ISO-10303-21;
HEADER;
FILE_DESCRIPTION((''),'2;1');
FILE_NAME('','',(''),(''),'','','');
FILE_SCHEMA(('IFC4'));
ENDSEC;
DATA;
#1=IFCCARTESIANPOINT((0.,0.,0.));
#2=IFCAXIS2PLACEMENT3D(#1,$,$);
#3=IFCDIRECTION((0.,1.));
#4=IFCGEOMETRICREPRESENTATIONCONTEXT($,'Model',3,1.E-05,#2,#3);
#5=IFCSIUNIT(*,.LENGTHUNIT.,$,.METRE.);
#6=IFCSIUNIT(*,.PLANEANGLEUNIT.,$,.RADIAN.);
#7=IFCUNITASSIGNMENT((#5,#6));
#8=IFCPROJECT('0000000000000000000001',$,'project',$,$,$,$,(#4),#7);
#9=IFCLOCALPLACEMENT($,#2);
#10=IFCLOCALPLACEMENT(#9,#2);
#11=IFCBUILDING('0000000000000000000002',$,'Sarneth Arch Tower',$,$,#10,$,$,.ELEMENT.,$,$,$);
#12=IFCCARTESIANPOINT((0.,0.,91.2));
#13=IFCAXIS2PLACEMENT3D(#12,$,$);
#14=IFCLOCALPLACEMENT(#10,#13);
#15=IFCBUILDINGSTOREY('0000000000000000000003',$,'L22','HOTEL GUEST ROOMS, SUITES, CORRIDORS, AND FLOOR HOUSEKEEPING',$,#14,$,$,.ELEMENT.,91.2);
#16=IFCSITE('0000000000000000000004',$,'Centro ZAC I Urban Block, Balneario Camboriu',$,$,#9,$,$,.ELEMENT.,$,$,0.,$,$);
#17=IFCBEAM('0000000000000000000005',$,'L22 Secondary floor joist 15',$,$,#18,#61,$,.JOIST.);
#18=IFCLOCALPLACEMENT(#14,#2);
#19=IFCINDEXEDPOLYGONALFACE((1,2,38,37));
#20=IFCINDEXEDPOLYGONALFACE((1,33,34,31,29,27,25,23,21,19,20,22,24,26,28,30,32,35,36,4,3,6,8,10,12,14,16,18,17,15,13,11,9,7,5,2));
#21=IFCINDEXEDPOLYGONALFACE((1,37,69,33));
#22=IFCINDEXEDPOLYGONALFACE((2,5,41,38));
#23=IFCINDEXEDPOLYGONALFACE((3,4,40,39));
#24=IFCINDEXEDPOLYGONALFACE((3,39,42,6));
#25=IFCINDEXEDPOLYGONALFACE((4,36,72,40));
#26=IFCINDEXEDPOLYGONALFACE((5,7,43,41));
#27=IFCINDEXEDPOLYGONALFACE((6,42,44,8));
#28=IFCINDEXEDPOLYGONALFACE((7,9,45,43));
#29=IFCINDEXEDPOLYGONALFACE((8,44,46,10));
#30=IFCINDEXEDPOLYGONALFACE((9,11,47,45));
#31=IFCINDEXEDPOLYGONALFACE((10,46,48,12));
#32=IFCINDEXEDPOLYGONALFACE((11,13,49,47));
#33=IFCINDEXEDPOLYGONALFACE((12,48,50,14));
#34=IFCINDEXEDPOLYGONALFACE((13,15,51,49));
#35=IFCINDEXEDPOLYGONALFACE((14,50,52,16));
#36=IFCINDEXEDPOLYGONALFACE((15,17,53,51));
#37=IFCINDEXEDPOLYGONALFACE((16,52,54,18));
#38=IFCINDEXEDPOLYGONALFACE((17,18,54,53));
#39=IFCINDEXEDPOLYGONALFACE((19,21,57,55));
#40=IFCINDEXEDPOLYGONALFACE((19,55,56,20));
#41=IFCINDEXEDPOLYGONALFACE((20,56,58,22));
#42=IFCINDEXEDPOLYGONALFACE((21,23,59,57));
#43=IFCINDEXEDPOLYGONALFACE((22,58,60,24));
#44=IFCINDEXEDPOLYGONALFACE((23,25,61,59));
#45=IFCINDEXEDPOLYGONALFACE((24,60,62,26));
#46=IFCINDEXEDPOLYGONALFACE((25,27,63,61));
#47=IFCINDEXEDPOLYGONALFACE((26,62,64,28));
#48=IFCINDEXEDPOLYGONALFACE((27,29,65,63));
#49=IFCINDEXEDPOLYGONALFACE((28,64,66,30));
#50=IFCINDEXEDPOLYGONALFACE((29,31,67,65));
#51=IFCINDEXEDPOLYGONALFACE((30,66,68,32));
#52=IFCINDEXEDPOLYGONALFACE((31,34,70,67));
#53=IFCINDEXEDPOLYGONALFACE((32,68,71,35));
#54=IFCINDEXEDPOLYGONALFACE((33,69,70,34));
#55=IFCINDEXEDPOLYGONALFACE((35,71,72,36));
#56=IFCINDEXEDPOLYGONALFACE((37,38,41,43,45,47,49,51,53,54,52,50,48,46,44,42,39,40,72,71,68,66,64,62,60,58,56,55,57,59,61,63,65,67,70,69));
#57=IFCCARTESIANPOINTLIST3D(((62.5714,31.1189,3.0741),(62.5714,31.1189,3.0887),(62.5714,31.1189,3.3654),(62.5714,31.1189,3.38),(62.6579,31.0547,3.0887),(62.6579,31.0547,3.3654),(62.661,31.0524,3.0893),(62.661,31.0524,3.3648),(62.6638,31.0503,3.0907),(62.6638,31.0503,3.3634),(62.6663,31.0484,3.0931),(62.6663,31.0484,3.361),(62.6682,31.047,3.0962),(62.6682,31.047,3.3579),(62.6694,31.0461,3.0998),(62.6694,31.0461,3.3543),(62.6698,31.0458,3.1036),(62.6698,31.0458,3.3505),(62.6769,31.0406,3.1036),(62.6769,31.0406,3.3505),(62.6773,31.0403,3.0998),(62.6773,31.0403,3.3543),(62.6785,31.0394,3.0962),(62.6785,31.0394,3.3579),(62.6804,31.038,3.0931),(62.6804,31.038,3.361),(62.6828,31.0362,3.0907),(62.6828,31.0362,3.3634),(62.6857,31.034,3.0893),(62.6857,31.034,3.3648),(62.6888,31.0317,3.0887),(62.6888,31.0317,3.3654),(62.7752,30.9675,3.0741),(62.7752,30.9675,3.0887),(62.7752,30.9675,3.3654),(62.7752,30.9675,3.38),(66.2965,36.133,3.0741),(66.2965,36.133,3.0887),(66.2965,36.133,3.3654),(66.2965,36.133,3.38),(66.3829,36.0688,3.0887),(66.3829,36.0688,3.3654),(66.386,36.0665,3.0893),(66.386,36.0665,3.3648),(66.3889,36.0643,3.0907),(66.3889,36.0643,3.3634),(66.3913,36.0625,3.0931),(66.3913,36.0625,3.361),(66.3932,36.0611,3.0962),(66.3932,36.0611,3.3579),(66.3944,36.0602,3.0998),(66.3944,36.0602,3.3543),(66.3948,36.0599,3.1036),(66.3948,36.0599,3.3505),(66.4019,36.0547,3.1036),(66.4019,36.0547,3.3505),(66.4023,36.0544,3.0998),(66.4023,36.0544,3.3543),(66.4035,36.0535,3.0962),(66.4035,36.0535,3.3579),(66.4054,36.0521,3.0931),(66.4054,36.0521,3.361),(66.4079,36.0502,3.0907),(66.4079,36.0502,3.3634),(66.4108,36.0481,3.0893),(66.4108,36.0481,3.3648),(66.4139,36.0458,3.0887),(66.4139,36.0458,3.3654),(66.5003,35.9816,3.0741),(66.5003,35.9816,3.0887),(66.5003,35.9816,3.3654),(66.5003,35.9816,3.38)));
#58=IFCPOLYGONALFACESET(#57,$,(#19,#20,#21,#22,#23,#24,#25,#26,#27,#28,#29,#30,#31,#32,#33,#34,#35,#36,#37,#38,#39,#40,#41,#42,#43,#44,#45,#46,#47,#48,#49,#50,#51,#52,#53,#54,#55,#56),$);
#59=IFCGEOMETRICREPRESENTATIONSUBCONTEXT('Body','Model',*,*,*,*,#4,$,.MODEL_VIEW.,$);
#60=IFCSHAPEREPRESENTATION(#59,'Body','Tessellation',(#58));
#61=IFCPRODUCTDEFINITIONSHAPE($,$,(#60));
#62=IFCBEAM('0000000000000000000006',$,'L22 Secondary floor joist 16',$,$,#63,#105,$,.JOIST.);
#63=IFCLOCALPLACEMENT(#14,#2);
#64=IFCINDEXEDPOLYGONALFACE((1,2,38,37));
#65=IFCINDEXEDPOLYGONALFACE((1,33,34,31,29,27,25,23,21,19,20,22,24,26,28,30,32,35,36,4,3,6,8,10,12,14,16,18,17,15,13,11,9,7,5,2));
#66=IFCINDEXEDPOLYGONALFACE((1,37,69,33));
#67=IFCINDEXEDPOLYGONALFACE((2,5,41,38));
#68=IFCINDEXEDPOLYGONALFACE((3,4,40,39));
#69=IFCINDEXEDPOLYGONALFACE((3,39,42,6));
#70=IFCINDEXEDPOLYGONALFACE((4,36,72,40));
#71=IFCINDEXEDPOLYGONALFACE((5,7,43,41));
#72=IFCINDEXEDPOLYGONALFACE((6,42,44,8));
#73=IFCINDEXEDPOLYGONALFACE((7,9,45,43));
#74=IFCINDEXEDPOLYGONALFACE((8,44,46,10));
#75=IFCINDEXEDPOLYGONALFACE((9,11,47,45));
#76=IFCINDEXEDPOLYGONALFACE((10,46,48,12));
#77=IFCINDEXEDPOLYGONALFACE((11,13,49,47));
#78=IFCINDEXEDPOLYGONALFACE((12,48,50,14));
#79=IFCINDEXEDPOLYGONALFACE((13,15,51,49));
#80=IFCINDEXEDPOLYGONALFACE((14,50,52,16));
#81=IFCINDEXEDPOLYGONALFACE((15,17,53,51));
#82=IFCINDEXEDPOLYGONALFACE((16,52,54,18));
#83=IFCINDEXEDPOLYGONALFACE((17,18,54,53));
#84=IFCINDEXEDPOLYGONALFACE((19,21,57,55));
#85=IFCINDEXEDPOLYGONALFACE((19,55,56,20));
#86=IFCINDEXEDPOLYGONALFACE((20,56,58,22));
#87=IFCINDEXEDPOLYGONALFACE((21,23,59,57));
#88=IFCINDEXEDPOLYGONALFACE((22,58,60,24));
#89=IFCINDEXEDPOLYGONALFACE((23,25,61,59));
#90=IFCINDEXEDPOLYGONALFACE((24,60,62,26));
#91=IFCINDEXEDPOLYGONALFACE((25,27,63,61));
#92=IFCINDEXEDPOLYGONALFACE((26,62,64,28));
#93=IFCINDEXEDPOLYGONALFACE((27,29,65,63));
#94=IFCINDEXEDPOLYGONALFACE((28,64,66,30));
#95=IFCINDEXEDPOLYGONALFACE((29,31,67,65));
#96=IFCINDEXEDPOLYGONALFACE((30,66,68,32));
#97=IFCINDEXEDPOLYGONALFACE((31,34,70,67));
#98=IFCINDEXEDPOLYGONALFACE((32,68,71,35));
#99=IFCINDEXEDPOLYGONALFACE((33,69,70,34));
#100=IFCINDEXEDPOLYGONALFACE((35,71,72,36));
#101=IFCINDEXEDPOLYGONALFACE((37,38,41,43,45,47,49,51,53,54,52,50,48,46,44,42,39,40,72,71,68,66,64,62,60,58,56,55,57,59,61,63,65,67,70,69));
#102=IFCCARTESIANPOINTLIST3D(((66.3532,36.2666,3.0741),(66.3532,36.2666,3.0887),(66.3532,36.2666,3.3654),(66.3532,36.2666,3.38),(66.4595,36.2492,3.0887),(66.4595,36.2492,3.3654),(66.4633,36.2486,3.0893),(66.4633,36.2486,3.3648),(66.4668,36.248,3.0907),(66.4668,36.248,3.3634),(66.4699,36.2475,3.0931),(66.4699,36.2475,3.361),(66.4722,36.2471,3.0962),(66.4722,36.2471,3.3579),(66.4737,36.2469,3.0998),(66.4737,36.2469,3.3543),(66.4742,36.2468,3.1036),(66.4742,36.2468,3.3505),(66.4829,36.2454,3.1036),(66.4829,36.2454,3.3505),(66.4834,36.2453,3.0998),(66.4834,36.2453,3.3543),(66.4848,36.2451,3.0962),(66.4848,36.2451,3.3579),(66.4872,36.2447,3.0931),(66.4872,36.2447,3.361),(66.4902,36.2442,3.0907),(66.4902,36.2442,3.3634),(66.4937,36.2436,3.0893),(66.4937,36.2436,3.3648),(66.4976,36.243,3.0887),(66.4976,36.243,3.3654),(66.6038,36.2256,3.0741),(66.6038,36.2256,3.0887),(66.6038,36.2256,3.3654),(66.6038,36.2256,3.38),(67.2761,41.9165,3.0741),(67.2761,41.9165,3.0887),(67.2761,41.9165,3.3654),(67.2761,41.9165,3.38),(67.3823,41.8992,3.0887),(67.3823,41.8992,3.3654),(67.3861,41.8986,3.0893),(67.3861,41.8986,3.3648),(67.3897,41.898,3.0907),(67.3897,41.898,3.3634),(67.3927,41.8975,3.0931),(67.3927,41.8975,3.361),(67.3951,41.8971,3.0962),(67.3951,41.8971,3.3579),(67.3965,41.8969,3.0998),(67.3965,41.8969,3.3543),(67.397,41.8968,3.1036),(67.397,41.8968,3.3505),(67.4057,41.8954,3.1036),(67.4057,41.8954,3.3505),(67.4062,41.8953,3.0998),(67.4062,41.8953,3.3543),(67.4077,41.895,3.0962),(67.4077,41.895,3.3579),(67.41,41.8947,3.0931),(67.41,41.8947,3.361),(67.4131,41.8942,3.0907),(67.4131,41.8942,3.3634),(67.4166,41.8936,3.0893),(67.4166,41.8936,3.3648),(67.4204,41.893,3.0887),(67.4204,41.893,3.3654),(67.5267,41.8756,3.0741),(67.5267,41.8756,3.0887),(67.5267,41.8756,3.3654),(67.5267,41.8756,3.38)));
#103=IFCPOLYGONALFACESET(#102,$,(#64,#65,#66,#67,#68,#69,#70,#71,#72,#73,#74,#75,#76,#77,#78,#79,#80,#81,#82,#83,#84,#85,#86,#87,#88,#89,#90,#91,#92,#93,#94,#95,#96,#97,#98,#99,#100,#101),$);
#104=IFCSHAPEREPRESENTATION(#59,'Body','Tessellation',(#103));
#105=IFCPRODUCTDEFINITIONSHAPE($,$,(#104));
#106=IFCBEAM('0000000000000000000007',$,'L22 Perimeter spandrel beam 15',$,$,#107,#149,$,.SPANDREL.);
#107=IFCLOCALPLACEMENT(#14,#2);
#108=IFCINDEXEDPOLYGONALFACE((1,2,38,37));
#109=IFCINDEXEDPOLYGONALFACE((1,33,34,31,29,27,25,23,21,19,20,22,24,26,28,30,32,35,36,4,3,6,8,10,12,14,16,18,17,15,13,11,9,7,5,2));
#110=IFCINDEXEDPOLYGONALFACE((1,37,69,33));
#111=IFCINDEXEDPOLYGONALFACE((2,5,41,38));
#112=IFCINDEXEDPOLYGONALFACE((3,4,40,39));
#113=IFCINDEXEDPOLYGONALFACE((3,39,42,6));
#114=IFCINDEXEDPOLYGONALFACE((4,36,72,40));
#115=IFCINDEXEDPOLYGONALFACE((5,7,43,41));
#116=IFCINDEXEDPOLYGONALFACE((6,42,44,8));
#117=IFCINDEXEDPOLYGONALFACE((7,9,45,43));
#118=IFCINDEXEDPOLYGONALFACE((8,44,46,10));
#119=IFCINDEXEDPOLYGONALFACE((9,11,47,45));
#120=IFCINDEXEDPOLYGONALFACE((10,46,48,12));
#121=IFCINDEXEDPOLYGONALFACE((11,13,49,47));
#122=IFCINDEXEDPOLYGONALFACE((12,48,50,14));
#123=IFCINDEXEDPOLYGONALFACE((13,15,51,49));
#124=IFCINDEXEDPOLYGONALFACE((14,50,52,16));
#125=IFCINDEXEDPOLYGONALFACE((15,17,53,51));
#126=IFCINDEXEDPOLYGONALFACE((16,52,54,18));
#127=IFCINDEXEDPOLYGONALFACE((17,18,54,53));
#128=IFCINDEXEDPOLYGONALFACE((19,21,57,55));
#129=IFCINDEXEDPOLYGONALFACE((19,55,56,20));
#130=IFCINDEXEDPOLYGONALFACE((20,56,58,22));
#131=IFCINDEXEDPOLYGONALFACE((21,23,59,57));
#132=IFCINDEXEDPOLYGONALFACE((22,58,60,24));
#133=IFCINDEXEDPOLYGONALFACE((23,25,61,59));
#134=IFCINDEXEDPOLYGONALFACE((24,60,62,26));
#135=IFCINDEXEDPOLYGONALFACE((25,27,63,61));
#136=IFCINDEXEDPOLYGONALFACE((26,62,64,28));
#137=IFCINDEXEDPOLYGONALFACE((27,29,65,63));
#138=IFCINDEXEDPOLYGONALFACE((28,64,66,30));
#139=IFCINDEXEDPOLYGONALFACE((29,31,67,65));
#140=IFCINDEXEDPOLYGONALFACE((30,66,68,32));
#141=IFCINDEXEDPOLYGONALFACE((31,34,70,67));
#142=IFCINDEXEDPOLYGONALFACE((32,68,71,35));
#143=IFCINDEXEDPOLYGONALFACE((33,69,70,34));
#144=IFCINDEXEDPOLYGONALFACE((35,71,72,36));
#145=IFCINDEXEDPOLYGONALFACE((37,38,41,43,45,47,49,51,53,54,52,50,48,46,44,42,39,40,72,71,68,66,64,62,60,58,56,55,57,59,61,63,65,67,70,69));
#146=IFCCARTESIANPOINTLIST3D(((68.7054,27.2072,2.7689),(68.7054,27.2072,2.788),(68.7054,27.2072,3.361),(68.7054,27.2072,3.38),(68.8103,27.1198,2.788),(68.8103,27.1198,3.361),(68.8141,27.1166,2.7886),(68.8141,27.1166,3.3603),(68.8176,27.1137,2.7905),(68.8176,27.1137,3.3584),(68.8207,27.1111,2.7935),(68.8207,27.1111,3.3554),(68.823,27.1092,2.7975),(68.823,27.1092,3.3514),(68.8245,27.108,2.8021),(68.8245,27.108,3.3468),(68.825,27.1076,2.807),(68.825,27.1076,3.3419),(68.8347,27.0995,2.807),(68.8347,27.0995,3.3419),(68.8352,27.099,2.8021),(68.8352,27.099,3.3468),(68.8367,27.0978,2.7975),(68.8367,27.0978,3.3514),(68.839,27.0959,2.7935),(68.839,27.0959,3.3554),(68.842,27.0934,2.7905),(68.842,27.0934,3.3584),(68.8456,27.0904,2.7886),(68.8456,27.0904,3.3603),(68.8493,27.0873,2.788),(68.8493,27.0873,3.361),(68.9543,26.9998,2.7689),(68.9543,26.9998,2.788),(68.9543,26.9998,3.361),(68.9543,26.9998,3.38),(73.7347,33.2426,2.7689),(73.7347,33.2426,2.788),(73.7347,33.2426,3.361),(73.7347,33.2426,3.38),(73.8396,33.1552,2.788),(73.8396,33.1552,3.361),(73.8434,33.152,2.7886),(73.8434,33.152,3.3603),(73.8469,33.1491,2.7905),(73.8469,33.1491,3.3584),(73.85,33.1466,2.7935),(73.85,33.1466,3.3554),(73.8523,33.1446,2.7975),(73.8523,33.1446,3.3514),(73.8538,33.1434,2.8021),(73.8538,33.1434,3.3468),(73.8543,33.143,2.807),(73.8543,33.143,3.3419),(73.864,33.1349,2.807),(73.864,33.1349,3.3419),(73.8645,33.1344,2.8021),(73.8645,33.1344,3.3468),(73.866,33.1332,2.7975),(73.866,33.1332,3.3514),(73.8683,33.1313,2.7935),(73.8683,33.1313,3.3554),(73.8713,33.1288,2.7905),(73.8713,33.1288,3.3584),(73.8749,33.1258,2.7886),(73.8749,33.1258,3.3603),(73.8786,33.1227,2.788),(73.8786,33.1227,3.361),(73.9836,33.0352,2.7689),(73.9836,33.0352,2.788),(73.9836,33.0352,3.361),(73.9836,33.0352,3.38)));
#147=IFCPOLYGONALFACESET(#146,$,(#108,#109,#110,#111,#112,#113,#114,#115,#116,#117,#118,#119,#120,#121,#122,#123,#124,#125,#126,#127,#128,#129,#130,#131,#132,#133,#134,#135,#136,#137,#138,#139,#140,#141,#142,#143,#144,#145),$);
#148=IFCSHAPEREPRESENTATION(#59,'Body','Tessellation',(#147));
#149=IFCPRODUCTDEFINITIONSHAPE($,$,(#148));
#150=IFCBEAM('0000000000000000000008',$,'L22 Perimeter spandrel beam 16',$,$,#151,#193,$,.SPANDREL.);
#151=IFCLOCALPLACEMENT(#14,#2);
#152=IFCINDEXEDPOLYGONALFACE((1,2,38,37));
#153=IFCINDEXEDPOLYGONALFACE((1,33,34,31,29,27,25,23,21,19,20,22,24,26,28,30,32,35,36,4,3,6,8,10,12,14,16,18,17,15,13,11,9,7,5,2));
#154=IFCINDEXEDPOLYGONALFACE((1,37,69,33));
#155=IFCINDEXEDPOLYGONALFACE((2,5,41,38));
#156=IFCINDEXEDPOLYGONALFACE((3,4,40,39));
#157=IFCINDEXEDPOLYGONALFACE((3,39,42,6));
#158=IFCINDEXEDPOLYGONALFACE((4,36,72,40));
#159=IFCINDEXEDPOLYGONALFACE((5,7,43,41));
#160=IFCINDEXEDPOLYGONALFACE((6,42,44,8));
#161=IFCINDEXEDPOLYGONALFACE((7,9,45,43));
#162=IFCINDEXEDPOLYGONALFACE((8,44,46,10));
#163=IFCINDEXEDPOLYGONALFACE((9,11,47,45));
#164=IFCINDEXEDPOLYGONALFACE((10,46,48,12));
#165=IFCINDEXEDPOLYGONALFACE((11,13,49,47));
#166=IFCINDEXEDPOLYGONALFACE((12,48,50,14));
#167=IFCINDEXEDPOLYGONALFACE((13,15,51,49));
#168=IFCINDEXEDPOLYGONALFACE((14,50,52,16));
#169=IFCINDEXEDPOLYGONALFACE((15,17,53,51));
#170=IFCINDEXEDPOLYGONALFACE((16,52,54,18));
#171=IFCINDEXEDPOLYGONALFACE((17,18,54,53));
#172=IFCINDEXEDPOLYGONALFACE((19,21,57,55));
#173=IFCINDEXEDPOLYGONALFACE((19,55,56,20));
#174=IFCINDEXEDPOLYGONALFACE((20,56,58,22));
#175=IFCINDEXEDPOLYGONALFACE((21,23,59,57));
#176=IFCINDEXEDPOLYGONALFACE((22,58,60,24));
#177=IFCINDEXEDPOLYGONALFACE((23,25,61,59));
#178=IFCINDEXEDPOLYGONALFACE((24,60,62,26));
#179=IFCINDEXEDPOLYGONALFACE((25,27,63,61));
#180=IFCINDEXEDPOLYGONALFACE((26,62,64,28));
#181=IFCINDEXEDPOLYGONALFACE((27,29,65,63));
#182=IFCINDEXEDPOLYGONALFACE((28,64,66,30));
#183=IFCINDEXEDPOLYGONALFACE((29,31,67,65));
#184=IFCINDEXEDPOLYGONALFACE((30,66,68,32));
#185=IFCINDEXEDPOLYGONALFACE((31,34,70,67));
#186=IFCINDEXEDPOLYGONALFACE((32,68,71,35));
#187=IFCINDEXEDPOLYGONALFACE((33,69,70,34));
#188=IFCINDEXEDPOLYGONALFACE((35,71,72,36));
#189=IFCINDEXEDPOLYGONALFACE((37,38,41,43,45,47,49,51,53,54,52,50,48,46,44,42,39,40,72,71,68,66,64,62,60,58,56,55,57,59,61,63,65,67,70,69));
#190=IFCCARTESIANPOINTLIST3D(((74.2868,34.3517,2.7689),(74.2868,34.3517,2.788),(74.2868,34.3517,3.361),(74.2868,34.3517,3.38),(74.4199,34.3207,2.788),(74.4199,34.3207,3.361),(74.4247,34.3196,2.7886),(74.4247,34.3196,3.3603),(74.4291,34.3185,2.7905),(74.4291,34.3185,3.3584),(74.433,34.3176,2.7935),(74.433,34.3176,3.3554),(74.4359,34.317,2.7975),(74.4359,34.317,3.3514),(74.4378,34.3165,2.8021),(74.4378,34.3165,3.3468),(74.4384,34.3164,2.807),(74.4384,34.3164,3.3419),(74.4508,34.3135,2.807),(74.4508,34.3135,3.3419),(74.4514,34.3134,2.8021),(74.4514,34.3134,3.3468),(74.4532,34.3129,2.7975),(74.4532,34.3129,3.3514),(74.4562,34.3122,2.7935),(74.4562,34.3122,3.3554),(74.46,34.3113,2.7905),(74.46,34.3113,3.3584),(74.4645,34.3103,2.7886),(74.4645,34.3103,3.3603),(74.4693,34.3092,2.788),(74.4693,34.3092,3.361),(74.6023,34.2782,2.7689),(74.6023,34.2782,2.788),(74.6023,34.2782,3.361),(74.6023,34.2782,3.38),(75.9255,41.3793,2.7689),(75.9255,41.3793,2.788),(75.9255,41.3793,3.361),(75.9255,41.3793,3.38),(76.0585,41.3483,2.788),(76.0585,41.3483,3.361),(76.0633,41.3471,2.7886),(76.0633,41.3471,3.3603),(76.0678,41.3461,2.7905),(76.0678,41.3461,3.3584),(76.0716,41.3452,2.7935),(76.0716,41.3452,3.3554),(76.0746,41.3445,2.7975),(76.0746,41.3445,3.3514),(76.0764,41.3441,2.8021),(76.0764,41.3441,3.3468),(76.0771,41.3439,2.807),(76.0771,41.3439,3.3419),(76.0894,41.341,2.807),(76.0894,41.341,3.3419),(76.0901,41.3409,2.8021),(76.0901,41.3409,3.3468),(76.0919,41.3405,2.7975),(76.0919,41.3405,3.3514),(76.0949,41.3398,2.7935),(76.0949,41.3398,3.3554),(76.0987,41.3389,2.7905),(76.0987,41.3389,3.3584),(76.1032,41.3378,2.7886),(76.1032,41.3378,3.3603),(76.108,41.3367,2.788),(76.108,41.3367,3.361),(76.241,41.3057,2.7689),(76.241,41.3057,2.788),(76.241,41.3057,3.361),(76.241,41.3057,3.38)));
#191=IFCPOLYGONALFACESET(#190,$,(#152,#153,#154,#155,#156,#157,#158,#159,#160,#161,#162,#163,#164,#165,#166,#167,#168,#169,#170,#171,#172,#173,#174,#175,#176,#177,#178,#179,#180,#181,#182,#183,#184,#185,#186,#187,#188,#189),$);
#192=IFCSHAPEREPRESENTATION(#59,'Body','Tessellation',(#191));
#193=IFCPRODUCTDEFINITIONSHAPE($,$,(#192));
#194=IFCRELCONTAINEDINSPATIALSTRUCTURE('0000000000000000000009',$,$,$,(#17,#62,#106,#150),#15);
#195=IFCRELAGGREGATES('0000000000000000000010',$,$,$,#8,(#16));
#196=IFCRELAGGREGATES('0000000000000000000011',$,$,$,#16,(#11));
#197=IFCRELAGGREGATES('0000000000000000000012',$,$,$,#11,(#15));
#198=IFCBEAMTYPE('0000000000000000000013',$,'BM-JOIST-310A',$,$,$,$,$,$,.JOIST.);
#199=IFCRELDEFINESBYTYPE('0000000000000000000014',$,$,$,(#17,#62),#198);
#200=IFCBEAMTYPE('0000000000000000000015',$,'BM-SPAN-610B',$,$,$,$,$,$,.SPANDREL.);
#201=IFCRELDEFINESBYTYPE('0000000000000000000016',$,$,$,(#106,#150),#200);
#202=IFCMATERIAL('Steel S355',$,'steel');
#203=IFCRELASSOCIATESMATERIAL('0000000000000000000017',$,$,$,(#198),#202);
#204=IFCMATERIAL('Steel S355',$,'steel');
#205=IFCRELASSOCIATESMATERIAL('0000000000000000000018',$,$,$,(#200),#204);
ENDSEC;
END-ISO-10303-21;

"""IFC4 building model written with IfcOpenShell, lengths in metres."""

from ifc_helpers import new_model, si_unit, direction, frame, origin, origin_2d, place, context, subcontext, project, spatial, i_section, extrude, material, material_profile, profile_set, type_object, element, save


model = new_model("IFC4")

# Units and contexts
model_context = context("Model", 3, precision=1e-05, world=origin(), true_north=direction((0.0, 1.0)))
body_context = subcontext(model_context, "Body", "Model", "MODEL_VIEW")
ifc_project = project(units=[si_unit("LENGTHUNIT", "METRE"), si_unit("PLANEANGLEUNIT", "RADIAN")], contexts=[model_context])

# Site, building, storey
site_placement = place(None, origin())
site = spatial("IfcSite", under=ifc_project, at=site_placement, Name="Centro ZAC I Urban Block, Balneario Camboriu", CompositionType="ELEMENT", RefElevation=0.0)
building_placement = place(site_placement, origin())
building = spatial("IfcBuilding", under=site, at=building_placement, Name="Sarneth Arch Tower", CompositionType="ELEMENT")
storey_placement = place(building_placement, frame((0.0, 0.0, 91.2)))
storey = spatial("IfcBuildingStorey", under=building, at=storey_placement, Name="L22", Description="HOTEL GUEST ROOMS, SUITES, CORRIDORS, AND FLOOR HOUSEKEEPING", CompositionType="ELEMENT", Elevation=91.2)

# Beams
ifc_material_1 = material(Name="Steel S355", Category="steel")
ifc_material_profile_1 = material_profile(ifc_material_1, i_section(OverallWidth=0.2539, OverallDepth=0.3059, WebThickness=0.0088, FlangeThickness=0.0146, FilletRadius=0.0149, at=origin_2d()), Name="W310x79")
ifc_profile_set_1 = profile_set([ifc_material_profile_1], Name="Steel S355")
beam_type_1 = type_object("IfcBeamType", Name="BM-JOIST-310A", PredefinedType="JOIST", material=ifc_profile_set_1)
beam_1_placement = place(storey_placement, frame((62.6733, 31.0432, 3.2271), z_axis=(0.596354, 0.802721, 0.0), x_axis=(-0.802721, 0.596354, 0.0)))
element("IfcBeam", 1, at=beam_1_placement, inside=storey, type_object=beam_type_1, Name="L22 Secondary floor joist 15", PredefinedType="JOIST", context=body_context, shape_type="SweptSolid", body=[
    extrude(i_section(OverallWidth=0.2539, OverallDepth=0.3059, WebThickness=0.0088, FlangeThickness=0.0146, FilletRadius=0.0149, at=origin_2d()), origin(), (0.0, 0.0, 1.0), 6.2463),
])
beam_2_placement = place(storey_placement, frame((66.4785, 36.2461, 3.2271), z_axis=(0.161203, 0.986921, 0.0), x_axis=(-0.986921, 0.161203, 0.0)))
element("IfcBeam", 2, at=beam_2_placement, inside=storey, type_object=beam_type_1, Name="L22 Secondary floor joist 16", PredefinedType="JOIST", context=body_context, shape_type="SweptSolid", body=[
    extrude(i_section(OverallWidth=0.2539, OverallDepth=0.3059, WebThickness=0.0088, FlangeThickness=0.0146, FilletRadius=0.0149, at=origin_2d()), origin(), (0.0, 0.0, 1.0), 5.7249),
])
ifc_material_2 = material(Name="Steel S355", Category="steel")
ifc_material_profile_2 = material_profile(ifc_material_2, i_section(OverallWidth=0.324, OverallDepth=0.6111, WebThickness=0.0127, FlangeThickness=0.019, FilletRadius=0.019, at=origin_2d()), Name="W610x155")
ifc_profile_set_2 = profile_set([ifc_material_profile_2], Name="Steel S355")
beam_type_2 = type_object("IfcBeamType", Name="BM-SPAN-610B", PredefinedType="SPANDREL", material=ifc_profile_set_2)
beam_3_placement = place(storey_placement, frame((68.8298, 27.1035, 3.0745), z_axis=(0.640169, 0.768234, 0.0), x_axis=(-0.768234, 0.640169, 0.0)))
element("IfcBeam", 3, at=beam_3_placement, inside=storey, type_object=beam_type_2, Name="L22 Perimeter spandrel beam 15", PredefinedType="SPANDREL", context=body_context, shape_type="SweptSolid", body=[
    extrude(i_section(OverallWidth=0.324, OverallDepth=0.6111, WebThickness=0.0127, FlangeThickness=0.019, FilletRadius=0.019, at=origin_2d()), origin(), (0.0, 0.0, 1.0), 7.8562),
])
beam_4_placement = place(storey_placement, frame((74.4446, 34.3149, 3.0745), z_axis=(0.227085, 0.973875, 0.0), x_axis=(-0.973875, 0.227085, 0.0)))
element("IfcBeam", 4, at=beam_4_placement, inside=storey, type_object=beam_type_2, Name="L22 Perimeter spandrel beam 16", PredefinedType="SPANDREL", context=body_context, shape_type="SweptSolid", body=[
    extrude(i_section(OverallWidth=0.324, OverallDepth=0.6111, WebThickness=0.0127, FlangeThickness=0.019, FilletRadius=0.019, at=origin_2d()), origin(), (0.0, 0.0, 1.0), 7.2161),
])

save(model, "model.ifc")
